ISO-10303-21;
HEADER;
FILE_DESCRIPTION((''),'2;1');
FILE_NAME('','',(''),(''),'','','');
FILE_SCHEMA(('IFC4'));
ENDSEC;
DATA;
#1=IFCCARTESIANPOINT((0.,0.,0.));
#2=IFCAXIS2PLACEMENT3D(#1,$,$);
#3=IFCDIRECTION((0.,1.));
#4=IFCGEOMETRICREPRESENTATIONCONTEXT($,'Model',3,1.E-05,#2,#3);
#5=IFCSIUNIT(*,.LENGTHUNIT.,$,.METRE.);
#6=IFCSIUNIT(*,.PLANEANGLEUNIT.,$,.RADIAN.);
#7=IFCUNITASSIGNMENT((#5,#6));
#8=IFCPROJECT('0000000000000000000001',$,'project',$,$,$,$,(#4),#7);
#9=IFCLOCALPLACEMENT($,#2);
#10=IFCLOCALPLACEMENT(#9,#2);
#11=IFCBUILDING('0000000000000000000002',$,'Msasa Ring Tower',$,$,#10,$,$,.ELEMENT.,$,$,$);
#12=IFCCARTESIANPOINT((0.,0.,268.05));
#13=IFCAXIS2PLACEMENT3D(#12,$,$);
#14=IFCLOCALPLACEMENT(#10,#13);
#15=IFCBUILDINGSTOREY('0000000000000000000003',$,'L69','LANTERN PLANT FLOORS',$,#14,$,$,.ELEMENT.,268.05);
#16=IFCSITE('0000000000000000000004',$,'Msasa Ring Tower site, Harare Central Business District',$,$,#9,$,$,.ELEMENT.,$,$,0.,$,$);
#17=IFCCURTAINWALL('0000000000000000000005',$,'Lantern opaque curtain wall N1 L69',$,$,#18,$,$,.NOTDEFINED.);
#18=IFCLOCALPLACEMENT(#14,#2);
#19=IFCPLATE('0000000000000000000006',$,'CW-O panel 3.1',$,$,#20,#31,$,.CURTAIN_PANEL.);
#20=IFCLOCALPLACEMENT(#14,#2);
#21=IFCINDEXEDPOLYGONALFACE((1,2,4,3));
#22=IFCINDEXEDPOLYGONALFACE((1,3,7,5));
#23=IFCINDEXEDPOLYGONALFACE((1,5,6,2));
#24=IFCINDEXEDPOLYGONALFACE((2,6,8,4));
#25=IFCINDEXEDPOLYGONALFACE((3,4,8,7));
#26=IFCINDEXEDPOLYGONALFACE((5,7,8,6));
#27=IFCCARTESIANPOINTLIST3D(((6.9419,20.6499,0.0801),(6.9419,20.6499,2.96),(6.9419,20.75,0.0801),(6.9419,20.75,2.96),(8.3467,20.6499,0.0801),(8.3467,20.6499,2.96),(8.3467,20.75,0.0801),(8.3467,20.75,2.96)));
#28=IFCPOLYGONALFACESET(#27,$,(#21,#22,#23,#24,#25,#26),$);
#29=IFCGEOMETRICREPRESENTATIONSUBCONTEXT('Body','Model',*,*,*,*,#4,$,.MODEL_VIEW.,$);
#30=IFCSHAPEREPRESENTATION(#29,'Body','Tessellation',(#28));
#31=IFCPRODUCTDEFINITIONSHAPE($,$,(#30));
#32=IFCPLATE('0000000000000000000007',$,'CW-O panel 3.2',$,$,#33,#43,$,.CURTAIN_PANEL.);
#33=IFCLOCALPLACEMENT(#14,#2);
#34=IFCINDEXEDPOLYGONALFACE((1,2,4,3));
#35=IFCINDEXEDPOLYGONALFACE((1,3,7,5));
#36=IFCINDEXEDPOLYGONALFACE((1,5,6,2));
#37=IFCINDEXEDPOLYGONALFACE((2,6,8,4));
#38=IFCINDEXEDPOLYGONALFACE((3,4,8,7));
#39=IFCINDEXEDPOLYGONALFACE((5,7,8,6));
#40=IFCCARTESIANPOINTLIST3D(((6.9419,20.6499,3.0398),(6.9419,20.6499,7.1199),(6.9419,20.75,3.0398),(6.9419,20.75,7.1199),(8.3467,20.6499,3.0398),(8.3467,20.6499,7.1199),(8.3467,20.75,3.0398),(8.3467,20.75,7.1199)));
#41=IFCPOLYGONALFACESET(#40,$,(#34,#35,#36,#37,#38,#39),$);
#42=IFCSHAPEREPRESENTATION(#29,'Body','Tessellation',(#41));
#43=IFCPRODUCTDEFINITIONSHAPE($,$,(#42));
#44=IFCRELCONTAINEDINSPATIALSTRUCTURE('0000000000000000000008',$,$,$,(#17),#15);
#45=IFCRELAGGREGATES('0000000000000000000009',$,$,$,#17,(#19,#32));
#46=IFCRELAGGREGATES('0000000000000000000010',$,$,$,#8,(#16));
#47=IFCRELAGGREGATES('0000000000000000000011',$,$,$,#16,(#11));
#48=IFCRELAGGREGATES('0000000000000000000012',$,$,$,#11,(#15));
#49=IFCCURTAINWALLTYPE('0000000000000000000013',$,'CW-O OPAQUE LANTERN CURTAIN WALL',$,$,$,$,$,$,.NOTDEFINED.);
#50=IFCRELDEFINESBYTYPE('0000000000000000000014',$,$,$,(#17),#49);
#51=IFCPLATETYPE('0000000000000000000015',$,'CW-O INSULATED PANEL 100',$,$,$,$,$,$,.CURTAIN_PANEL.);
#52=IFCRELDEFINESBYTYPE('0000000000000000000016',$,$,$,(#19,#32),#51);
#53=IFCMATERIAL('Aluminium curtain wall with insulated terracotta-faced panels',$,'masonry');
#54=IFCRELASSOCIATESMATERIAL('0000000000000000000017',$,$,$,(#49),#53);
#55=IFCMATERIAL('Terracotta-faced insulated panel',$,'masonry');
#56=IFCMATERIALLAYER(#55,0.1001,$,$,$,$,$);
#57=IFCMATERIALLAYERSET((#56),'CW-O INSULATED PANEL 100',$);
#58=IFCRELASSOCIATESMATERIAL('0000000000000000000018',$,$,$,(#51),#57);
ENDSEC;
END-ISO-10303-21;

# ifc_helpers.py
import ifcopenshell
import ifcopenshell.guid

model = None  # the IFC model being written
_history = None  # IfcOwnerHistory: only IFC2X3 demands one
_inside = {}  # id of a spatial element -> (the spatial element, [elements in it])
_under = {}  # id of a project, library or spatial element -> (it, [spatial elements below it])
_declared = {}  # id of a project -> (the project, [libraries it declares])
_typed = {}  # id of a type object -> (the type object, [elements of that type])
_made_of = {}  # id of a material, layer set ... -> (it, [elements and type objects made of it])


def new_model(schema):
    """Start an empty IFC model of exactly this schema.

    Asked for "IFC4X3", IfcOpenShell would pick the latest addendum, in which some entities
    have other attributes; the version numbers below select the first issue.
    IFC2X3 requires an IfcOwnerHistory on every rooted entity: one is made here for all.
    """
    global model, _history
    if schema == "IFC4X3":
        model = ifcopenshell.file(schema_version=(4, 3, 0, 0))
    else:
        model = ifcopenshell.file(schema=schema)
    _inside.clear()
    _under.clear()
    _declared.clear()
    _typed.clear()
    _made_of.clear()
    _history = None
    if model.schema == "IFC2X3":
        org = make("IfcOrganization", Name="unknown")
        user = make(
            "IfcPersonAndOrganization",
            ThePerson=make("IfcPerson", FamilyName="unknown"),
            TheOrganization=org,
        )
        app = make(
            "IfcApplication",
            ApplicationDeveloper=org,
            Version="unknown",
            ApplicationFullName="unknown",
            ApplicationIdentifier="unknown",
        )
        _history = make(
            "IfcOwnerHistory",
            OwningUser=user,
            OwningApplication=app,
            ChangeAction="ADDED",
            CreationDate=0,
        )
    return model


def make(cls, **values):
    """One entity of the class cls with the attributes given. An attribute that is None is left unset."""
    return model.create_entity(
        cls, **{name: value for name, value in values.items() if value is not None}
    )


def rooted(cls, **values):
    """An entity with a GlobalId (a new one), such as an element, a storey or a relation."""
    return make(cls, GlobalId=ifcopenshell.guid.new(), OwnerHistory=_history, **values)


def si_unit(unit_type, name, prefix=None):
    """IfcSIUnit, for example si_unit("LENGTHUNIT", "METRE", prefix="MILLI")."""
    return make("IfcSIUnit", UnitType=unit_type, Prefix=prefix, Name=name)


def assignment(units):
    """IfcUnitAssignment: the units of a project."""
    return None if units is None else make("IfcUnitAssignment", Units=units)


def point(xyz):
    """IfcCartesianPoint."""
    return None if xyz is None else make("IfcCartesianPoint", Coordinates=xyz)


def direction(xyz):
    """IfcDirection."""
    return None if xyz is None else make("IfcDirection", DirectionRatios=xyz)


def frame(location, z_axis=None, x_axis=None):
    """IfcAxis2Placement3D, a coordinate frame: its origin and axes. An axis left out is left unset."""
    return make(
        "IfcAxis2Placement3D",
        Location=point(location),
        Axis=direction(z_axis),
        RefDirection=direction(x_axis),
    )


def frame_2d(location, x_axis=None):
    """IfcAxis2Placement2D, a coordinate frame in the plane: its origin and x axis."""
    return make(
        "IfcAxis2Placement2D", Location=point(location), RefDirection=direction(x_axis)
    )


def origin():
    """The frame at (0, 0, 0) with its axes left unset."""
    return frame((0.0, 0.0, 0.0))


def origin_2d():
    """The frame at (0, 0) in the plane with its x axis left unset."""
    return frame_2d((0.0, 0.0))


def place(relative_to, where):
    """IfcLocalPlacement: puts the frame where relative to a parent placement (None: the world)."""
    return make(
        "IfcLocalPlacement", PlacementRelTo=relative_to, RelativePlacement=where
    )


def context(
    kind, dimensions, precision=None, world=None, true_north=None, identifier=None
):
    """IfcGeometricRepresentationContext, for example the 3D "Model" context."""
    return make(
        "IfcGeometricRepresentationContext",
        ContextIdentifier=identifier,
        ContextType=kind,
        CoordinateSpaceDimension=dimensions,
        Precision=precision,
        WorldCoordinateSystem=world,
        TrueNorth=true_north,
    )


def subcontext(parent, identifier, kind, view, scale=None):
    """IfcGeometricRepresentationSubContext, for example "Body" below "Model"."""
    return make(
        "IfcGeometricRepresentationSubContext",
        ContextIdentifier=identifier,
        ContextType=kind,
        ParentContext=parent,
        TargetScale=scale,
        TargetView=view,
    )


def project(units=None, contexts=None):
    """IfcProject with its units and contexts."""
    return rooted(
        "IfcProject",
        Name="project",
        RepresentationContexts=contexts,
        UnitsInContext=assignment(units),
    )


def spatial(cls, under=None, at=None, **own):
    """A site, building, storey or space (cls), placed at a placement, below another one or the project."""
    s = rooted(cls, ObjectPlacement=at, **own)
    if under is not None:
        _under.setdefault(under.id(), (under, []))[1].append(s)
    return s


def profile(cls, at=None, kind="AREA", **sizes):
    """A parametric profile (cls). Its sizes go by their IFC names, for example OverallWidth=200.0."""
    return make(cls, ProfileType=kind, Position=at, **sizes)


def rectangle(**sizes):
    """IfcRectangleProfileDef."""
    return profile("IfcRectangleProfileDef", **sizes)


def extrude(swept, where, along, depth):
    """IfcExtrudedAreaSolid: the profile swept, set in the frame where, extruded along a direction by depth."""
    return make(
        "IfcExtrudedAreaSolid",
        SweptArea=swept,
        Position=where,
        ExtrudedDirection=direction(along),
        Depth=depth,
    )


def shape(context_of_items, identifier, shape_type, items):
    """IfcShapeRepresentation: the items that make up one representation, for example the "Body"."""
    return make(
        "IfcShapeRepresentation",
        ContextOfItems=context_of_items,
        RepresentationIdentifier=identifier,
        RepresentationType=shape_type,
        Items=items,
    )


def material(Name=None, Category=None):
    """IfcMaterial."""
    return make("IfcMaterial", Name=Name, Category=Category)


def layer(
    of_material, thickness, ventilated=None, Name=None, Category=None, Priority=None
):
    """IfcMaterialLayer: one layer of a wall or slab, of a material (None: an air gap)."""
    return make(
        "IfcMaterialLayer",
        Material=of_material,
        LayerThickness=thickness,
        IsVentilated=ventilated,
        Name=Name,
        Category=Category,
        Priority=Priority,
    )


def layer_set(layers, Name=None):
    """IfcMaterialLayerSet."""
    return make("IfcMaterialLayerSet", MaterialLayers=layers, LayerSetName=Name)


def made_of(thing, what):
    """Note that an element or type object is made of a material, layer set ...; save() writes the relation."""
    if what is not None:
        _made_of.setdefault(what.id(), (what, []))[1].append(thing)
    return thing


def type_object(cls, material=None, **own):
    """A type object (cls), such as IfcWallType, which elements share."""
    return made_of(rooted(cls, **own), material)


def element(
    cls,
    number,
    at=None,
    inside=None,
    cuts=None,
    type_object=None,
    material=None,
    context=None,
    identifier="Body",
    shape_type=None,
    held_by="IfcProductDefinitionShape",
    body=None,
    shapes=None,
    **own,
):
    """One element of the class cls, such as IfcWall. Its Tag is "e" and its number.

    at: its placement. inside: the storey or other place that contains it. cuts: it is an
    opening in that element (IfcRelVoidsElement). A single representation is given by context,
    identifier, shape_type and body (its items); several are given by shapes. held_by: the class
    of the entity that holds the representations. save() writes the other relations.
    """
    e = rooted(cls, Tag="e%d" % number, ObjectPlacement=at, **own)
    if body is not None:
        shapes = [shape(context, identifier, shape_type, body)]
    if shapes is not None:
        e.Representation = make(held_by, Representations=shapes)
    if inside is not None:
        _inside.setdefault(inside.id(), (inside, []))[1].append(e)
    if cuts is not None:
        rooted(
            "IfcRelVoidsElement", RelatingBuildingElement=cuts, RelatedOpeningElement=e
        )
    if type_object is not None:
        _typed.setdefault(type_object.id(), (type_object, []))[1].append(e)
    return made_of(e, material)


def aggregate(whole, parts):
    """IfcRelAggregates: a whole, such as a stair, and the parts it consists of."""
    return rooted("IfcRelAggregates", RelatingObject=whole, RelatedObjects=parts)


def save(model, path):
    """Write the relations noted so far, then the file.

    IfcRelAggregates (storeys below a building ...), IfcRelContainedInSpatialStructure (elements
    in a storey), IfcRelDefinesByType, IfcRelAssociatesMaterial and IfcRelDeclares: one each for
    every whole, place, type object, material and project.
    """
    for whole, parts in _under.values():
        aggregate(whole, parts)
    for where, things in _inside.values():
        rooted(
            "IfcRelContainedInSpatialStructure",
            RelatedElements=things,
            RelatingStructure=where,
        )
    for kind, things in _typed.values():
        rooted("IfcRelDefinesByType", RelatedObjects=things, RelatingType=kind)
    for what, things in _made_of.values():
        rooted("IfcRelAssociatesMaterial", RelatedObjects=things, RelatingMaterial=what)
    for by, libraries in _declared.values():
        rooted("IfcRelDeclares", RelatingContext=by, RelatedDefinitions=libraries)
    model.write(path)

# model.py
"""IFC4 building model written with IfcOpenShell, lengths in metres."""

from ifc_helpers import new_model, si_unit, direction, frame, origin, origin_2d, place, context, subcontext, project, spatial, rectangle, extrude, material, layer, layer_set, type_object, element, aggregate, save


model = new_model("IFC4")

# Units and contexts
model_context = context("Model", 3, precision=1e-05, world=origin(), true_north=direction((0.0, 1.0)))
body_context = subcontext(model_context, "Body", "Model", "MODEL_VIEW")
ifc_project = project(units=[si_unit("LENGTHUNIT", "METRE"), si_unit("PLANEANGLEUNIT", "RADIAN")], contexts=[model_context])

# Site, building, storey
site_placement = place(None, origin())
site = spatial("IfcSite", under=ifc_project, at=site_placement, Name="Msasa Ring Tower site, Harare Central Business District", CompositionType="ELEMENT", RefElevation=0.0)
building_placement = place(site_placement, origin())
building = spatial("IfcBuilding", under=site, at=building_placement, Name="Msasa Ring Tower", CompositionType="ELEMENT")
storey_placement = place(building_placement, frame((0.0, 0.0, 268.05)))
storey = spatial("IfcBuildingStorey", under=building, at=storey_placement, Name="L69", Description="LANTERN PLANT FLOORS", CompositionType="ELEMENT", Elevation=268.05)

# Curtain wall
ifc_material_1 = material(Name="Aluminium curtain wall with insulated terracotta-faced panels", Category="masonry")
curtain_wall_type_1 = type_object("IfcCurtainWallType", Name="CW-O OPAQUE LANTERN CURTAIN WALL", PredefinedType="NOTDEFINED", material=ifc_material_1)
curtain_wall_1_placement = place(storey_placement, origin())
curtain_wall_1 = element("IfcCurtainWall", 1, at=curtain_wall_1_placement, inside=storey, type_object=curtain_wall_type_1, Name="Lantern opaque curtain wall N1 L69", PredefinedType="NOTDEFINED")

# Plates
ifc_material_2 = material(Name="Terracotta-faced insulated panel", Category="masonry")
ifc_layer_1 = layer(ifc_material_2, 0.1001)
ifc_layer_set_1 = layer_set([ifc_layer_1], Name="CW-O INSULATED PANEL 100")
plate_type_1 = type_object("IfcPlateType", Name="CW-O INSULATED PANEL 100", PredefinedType="CURTAIN_PANEL", material=ifc_layer_set_1)
plate_1_placement = place(storey_placement, frame((7.6443, 20.7, 0.0801), z_axis=(0.0, 0.0, 1.0), x_axis=(-1.0, 0.0, 0.0)))
plate_1 = element("IfcPlate", 2, at=plate_1_placement, type_object=plate_type_1, Name="CW-O panel 3.1", PredefinedType="CURTAIN_PANEL", context=body_context, shape_type="SweptSolid", body=[
    extrude(rectangle(XDim=1.4048, YDim=0.1001, at=origin_2d()), origin(), (0.0, 0.0, 1.0), 2.8799),
])
plate_2_placement = place(storey_placement, frame((7.6443, 20.7, 3.0398), z_axis=(0.0, 0.0, 1.0), x_axis=(-1.0, 0.0, 0.0)))
plate_2 = element("IfcPlate", 3, at=plate_2_placement, type_object=plate_type_1, Name="CW-O panel 3.2", PredefinedType="CURTAIN_PANEL", context=body_context, shape_type="SweptSolid", body=[
    extrude(rectangle(XDim=1.4048, YDim=0.1001, at=origin_2d()), origin(), (0.0, 0.0, 1.0), 4.0801),
])
aggregate(curtain_wall_1, [plate_1, plate_2])

save(model, "model.ifc")
